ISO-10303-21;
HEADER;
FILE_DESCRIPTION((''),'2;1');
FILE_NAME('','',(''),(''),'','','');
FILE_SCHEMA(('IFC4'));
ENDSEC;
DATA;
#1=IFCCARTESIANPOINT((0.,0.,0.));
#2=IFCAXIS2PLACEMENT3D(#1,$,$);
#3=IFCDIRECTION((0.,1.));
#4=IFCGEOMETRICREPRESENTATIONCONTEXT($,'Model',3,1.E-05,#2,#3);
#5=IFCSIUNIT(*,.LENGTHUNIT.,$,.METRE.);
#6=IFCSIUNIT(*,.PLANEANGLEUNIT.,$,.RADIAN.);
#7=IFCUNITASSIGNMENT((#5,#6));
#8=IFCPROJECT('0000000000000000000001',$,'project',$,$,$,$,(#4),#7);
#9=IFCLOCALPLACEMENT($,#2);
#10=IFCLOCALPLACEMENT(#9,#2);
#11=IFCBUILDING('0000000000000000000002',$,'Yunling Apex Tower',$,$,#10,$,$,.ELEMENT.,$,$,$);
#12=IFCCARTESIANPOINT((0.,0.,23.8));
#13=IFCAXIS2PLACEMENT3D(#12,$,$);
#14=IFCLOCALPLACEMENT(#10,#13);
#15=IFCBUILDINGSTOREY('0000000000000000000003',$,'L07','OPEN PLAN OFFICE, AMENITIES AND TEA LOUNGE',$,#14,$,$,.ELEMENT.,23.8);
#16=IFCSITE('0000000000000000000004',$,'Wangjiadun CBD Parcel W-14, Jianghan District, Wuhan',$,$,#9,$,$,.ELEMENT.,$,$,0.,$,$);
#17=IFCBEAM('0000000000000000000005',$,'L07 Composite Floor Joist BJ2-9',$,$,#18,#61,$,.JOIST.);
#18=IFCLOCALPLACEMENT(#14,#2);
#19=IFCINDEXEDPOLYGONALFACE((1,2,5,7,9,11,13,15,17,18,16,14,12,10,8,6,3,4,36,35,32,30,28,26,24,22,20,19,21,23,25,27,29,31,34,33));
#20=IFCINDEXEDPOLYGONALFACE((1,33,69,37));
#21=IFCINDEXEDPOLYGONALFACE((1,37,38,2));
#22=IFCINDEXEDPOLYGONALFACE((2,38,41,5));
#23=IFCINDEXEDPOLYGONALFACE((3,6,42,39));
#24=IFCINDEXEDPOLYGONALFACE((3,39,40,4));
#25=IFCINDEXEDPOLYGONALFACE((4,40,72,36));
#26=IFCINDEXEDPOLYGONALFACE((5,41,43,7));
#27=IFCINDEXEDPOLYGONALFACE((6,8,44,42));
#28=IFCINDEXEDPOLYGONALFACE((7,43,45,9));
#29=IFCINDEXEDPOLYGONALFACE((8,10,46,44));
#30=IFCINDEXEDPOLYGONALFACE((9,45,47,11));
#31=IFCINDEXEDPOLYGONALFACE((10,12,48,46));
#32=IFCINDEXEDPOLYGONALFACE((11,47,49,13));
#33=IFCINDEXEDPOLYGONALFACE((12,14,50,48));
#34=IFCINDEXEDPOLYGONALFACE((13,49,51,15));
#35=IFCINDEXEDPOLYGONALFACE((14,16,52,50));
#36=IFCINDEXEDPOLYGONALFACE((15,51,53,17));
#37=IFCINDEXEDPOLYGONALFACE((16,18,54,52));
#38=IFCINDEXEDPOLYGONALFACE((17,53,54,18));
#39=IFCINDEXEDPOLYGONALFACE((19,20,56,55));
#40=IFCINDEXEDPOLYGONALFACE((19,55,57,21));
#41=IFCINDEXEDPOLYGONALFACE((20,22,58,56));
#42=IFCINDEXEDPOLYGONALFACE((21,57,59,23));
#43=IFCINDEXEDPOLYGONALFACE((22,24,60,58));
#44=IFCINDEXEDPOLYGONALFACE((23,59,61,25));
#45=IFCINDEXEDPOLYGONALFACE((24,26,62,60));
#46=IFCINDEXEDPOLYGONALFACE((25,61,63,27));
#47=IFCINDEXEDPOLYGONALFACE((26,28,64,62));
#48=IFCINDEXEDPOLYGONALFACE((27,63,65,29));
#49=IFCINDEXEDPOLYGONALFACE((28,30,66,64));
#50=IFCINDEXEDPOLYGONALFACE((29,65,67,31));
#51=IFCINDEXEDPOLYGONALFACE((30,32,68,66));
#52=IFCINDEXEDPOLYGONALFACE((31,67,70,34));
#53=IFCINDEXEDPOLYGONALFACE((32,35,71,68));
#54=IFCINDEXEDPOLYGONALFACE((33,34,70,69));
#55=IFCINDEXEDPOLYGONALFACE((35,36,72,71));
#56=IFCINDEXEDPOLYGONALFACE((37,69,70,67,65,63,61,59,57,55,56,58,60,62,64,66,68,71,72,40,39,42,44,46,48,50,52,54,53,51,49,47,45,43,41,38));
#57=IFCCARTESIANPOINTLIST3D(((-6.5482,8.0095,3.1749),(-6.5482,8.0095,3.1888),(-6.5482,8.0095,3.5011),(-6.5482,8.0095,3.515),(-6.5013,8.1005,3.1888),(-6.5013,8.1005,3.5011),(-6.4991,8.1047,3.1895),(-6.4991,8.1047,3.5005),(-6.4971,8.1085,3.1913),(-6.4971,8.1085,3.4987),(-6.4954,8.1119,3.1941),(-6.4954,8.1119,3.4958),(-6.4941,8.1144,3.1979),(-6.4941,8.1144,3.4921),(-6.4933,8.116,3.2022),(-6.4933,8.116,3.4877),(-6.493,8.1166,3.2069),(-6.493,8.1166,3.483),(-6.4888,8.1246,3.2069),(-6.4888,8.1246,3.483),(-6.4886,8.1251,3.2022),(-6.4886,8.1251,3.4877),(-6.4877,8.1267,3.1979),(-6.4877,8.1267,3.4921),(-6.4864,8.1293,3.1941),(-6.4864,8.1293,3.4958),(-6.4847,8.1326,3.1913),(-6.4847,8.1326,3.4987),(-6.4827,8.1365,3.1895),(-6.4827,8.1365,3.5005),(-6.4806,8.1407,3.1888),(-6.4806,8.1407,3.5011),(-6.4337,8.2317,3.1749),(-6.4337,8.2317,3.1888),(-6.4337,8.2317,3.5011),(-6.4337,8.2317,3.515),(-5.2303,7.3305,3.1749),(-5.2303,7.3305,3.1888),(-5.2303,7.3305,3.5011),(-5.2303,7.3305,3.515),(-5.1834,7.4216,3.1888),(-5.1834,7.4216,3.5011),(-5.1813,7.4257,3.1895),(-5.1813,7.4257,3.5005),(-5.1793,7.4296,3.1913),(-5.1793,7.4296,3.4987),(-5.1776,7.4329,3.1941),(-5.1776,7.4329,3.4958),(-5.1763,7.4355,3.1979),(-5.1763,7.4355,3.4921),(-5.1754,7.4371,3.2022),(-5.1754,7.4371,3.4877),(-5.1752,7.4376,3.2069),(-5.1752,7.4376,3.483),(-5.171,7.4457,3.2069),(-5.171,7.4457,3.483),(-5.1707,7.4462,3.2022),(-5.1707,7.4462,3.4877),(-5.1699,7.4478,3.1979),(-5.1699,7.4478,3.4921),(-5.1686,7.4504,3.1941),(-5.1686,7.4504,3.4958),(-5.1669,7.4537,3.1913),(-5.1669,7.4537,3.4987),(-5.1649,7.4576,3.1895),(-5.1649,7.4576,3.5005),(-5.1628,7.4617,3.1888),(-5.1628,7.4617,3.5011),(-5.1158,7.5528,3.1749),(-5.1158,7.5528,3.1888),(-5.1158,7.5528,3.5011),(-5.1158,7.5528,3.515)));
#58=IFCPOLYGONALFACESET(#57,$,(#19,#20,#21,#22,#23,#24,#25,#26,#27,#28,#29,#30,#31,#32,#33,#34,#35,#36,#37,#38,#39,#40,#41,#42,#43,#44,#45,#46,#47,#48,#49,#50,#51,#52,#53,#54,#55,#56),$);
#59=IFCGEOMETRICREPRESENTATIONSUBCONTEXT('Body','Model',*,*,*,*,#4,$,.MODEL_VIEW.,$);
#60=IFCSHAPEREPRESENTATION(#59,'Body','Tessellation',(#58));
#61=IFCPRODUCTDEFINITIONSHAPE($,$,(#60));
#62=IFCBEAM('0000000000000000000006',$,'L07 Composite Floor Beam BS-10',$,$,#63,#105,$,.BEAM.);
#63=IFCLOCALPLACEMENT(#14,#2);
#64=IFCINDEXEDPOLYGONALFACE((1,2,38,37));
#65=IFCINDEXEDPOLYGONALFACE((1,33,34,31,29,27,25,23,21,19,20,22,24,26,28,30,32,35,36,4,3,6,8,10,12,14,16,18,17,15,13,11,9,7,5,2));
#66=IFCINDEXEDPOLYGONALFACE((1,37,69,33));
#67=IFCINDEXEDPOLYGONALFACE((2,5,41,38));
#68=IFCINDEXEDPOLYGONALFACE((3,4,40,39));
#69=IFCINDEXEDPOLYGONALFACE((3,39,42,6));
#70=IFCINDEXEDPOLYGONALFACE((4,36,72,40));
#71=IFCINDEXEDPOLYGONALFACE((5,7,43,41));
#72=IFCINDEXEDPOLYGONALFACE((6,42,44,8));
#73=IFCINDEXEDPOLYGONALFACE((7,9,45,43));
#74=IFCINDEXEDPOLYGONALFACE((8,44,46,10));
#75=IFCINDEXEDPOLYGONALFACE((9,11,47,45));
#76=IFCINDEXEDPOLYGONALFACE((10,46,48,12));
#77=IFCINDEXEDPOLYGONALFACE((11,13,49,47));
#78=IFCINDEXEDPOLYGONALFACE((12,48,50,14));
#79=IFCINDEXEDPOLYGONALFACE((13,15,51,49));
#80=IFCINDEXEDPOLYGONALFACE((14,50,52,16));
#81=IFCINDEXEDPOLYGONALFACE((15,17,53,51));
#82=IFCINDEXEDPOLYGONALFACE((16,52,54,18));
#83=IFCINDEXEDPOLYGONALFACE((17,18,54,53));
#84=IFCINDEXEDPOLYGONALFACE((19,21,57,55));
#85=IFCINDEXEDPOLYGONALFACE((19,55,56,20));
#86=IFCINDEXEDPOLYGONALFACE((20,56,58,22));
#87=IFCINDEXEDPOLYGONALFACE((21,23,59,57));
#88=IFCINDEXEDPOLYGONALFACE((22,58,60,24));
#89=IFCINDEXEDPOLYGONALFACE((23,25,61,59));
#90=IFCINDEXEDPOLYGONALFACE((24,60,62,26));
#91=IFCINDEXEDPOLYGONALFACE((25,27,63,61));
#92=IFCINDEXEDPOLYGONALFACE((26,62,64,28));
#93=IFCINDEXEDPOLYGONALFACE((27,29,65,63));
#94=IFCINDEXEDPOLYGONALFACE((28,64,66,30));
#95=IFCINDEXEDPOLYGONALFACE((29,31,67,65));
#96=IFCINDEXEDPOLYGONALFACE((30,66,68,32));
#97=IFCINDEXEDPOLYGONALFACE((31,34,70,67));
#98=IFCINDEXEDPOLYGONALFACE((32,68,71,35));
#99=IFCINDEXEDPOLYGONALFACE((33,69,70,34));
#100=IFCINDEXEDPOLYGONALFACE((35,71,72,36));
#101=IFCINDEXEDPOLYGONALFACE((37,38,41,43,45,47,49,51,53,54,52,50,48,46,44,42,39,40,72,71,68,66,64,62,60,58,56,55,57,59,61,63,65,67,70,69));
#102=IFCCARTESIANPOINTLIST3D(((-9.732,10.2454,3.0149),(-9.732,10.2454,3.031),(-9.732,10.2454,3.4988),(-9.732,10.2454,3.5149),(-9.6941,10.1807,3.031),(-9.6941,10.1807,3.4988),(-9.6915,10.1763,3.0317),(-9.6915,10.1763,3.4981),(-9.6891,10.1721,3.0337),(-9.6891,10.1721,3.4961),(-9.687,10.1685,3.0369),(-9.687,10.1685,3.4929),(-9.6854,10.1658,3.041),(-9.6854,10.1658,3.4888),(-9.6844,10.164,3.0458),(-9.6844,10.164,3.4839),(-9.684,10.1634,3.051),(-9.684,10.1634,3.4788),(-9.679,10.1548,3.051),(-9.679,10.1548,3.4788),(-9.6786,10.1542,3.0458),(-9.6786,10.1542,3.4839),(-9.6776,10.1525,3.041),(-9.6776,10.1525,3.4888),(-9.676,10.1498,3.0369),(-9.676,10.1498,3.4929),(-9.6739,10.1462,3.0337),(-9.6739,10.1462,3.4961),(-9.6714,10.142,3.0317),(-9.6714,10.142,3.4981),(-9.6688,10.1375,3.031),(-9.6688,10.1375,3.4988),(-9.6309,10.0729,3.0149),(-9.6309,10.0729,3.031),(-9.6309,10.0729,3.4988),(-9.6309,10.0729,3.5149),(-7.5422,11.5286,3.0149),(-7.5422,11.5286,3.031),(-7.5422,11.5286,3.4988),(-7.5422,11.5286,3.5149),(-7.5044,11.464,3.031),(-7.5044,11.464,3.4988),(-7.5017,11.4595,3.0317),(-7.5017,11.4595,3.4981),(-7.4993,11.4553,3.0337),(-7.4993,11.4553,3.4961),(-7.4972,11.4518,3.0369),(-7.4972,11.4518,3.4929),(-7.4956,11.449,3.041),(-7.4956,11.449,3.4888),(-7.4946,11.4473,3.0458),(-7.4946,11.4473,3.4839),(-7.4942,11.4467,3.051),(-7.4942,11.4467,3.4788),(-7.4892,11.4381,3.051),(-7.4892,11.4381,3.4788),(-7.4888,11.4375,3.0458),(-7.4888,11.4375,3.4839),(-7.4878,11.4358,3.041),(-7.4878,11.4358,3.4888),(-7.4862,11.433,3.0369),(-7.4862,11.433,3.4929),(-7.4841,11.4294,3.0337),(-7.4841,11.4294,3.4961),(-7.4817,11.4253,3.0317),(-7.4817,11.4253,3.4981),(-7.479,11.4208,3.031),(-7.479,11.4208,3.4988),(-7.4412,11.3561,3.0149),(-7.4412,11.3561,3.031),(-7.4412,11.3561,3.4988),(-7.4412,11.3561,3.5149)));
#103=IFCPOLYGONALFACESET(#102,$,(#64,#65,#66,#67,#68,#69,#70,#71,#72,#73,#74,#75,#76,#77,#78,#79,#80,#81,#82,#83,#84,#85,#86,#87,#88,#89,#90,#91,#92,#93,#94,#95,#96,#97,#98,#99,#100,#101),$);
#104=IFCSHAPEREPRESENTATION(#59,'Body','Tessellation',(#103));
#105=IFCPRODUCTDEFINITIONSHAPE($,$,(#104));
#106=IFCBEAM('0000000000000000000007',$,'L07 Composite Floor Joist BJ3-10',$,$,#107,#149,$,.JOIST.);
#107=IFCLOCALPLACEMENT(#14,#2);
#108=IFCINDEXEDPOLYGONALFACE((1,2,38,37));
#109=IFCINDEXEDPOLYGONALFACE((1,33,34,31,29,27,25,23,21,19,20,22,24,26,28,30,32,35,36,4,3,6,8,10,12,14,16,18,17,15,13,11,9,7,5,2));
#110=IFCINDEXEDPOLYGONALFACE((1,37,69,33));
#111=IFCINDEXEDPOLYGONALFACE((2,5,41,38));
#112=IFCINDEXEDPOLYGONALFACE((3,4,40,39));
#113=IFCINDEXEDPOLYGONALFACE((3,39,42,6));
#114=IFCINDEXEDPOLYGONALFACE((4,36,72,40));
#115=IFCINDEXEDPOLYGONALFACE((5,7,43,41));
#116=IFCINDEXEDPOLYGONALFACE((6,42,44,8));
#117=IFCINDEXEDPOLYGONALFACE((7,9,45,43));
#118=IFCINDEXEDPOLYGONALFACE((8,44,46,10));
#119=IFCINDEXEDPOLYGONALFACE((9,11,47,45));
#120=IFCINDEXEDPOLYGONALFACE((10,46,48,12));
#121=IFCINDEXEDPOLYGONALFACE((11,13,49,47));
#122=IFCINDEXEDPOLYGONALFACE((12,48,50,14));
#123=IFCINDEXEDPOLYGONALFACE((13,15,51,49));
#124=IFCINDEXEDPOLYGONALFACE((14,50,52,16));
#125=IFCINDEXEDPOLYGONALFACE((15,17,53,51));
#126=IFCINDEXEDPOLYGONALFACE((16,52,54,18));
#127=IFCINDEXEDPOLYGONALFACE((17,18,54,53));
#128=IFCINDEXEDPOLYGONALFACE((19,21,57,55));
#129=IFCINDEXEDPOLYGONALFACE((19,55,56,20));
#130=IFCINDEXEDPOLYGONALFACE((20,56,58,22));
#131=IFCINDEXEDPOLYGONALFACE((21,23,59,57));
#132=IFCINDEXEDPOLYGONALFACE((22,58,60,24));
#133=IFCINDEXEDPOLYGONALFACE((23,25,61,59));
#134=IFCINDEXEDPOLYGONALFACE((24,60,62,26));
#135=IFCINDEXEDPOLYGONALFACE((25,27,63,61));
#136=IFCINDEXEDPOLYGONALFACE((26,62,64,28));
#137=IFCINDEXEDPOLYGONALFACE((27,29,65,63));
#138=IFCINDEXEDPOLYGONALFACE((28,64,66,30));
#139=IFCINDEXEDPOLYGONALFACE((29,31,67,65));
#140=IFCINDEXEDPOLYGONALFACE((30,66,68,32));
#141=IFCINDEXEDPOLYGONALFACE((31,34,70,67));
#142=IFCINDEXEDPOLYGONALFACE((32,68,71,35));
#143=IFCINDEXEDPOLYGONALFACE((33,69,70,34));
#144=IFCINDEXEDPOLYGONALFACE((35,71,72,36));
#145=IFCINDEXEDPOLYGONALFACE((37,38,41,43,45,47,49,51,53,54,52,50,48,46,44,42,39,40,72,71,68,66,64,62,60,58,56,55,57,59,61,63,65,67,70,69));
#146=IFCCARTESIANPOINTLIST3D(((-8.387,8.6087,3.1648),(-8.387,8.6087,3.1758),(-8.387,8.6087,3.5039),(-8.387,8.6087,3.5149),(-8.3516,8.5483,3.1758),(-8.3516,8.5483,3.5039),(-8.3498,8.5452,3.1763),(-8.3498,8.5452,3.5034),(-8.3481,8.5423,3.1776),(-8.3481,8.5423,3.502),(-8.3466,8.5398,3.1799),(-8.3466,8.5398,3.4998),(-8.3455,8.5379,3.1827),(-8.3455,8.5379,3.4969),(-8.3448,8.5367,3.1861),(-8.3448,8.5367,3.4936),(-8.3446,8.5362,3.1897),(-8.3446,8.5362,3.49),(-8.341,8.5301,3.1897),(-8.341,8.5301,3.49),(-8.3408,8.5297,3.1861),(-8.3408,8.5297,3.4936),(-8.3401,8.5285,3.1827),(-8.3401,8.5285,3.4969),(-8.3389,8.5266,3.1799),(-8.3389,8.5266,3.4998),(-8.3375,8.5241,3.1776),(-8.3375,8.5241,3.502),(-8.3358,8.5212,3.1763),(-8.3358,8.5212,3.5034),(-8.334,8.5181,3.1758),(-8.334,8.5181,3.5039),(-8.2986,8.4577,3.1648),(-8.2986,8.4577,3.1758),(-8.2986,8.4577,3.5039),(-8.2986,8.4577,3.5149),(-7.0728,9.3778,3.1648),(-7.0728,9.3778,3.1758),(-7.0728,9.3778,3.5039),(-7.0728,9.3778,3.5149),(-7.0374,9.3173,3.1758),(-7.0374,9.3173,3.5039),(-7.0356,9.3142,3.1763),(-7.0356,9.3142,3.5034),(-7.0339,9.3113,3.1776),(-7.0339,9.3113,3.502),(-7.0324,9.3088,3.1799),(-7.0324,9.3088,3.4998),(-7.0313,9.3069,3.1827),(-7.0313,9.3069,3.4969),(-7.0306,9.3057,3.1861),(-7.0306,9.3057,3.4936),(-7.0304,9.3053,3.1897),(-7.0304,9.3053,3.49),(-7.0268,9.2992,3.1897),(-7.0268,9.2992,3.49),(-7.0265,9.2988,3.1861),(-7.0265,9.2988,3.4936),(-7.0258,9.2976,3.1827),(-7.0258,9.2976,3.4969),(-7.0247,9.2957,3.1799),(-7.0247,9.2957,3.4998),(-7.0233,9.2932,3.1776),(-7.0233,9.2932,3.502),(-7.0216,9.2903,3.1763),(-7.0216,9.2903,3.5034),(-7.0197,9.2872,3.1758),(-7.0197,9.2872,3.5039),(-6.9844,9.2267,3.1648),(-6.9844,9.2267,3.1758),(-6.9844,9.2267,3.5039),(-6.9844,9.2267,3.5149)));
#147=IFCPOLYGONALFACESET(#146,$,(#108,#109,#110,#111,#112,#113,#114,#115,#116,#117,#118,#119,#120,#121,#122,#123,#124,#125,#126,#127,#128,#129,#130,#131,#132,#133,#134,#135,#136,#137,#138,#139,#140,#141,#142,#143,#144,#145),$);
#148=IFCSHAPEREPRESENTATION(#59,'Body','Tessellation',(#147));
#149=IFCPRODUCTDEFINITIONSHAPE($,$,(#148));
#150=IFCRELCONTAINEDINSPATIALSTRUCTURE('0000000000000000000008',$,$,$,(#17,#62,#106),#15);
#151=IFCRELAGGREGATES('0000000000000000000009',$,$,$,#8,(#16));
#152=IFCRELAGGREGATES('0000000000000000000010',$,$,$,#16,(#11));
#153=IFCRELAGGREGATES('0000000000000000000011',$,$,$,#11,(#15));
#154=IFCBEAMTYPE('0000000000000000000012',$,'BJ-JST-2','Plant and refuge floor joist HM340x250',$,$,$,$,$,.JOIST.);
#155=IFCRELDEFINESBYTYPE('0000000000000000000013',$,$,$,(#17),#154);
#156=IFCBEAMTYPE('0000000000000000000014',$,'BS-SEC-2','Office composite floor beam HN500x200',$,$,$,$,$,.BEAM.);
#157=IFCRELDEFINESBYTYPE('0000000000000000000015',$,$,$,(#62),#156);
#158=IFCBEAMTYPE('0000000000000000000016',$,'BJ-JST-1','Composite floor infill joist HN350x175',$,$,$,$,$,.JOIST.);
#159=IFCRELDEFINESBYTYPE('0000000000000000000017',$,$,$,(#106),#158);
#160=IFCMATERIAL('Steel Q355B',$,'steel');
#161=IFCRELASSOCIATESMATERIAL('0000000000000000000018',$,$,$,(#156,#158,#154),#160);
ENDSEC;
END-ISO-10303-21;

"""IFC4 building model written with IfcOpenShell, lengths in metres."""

from ifc_helpers import new_model, si_unit, direction, frame, origin, origin_2d, place, context, subcontext, project, spatial, i_section, extrude, source, transform, mapped, material, material_profile, profile_set, type_object, element, save


model = new_model("IFC4")

# Units and contexts
model_context = context("Model", 3, precision=1e-05, world=origin(), true_north=direction((0.0, 1.0)))
body_context = subcontext(model_context, "Body", "Model", "MODEL_VIEW")
ifc_project = project(units=[si_unit("LENGTHUNIT", "METRE"), si_unit("PLANEANGLEUNIT", "RADIAN")], contexts=[model_context])

# Site, building, storey
site_placement = place(None, origin())
site = spatial("IfcSite", under=ifc_project, at=site_placement, Name="Wangjiadun CBD Parcel W-14, Jianghan District, Wuhan", CompositionType="ELEMENT", RefElevation=0.0)
building_placement = place(site_placement, origin())
building = spatial("IfcBuilding", under=site, at=building_placement, Name="Yunling Apex Tower", CompositionType="ELEMENT")
storey_placement = place(building_placement, frame((0.0, 0.0, 23.8)))
storey = spatial("IfcBuildingStorey", under=building, at=storey_placement, Name="L07", Description="OPEN PLAN OFFICE, AMENITIES AND TEA LOUNGE", CompositionType="ELEMENT", Elevation=23.8)

# Beams
ifc_material_1 = material(Name="Steel Q355B", Category="steel")
ifc_material_profile_1 = material_profile(ifc_material_1, i_section(OverallWidth=0.2, OverallDepth=0.5, WebThickness=0.01, FlangeThickness=0.0161, FilletRadius=0.02, at=origin_2d()))
ifc_profile_set_1 = profile_set([ifc_material_profile_1], Name="Steel Q355B")
beam_type_1 = type_object("IfcBeamType", Name="BS-SEC-2", Description="Office composite floor beam HN500x200", PredefinedType="BEAM", material=ifc_profile_set_1)
ifc_material_profile_2 = material_profile(ifc_material_1, i_section(OverallWidth=0.175, OverallDepth=0.3501, WebThickness=0.0071, FlangeThickness=0.011, FilletRadius=0.0139, at=origin_2d()))
ifc_profile_set_2 = profile_set([ifc_material_profile_2], Name="Steel Q355B")
beam_type_2 = type_object("IfcBeamType", Name="BJ-JST-1", Description="Composite floor infill joist HN350x175", PredefinedType="JOIST", material=ifc_profile_set_2)
ifc_material_profile_3 = material_profile(ifc_material_1, i_section(OverallWidth=0.25, OverallDepth=0.3401, WebThickness=0.009, FlangeThickness=0.0139, FilletRadius=0.0181, at=origin_2d()))
ifc_profile_set_3 = profile_set([ifc_material_profile_3], Name="Steel Q355B")
beam_type_3 = type_object("IfcBeamType", Name="BJ-JST-2", Description="Plant and refuge floor joist HM340x250", PredefinedType="JOIST", material=ifc_profile_set_3)
shared_shape_1 = source(origin(), body_context, "Body", "SweptSolid", [
    extrude(i_section(OverallWidth=0.25, OverallDepth=0.3401, WebThickness=0.009, FlangeThickness=0.0139, FilletRadius=0.0181, at=origin_2d()), origin(), (0.0, 0.0, 1.0), 1.4824),
])
beam_1_placement = place(storey_placement, frame((-5.1731, 7.4417, 3.345), z_axis=(-0.88896, 0.457984, 0.0), x_axis=(-0.457984, -0.88896, 0.0)))
element("IfcBeam", 1, at=beam_1_placement, inside=storey, type_object=beam_type_3, Name="L07 Composite Floor Joist BJ2-9", PredefinedType="JOIST", context=body_context, shape_type="MappedRepresentation", body=[
    mapped(shared_shape_1, transform((0.0, 0.0, 0.0), scale=1.0)),
])
shared_shape_2 = source(origin(), body_context, "Body", "SweptSolid", [
    extrude(i_section(OverallWidth=0.2, OverallDepth=0.5, WebThickness=0.01, FlangeThickness=0.0161, FilletRadius=0.02, at=origin_2d()), origin(), (0.0, 0.0, 1.0), 2.5381),
])
beam_2_placement = place(storey_placement, frame((-7.4917, 11.4424, 3.2649), z_axis=(-0.862769, -0.505599, 0.0), x_axis=(0.505599, -0.862769, 0.0)))
element("IfcBeam", 2, at=beam_2_placement, inside=storey, type_object=beam_type_1, Name="L07 Composite Floor Beam BS-10", PredefinedType="BEAM", context=body_context, shape_type="MappedRepresentation", body=[
    mapped(shared_shape_2, transform((0.0, 0.0, 0.0), scale=1.0)),
])
shared_shape_3 = source(origin(), body_context, "Body", "SweptSolid", [
    extrude(i_section(OverallWidth=0.175, OverallDepth=0.3501, WebThickness=0.0071, FlangeThickness=0.011, FilletRadius=0.0139, at=origin_2d()), origin(), (0.0, 0.0, 1.0), 1.5227),
])
beam_3_placement = place(storey_placement, frame((-7.0286, 9.3022, 3.3398), z_axis=(-0.863086, -0.505057, 0.0), x_axis=(0.505057, -0.863086, 0.0)))
element("IfcBeam", 3, at=beam_3_placement, inside=storey, type_object=beam_type_2, Name="L07 Composite Floor Joist BJ3-10", PredefinedType="JOIST", context=body_context, shape_type="MappedRepresentation", body=[
    mapped(shared_shape_3, transform((0.0, 0.0, 0.0), scale=1.0)),
])

save(model, "model.ifc")
